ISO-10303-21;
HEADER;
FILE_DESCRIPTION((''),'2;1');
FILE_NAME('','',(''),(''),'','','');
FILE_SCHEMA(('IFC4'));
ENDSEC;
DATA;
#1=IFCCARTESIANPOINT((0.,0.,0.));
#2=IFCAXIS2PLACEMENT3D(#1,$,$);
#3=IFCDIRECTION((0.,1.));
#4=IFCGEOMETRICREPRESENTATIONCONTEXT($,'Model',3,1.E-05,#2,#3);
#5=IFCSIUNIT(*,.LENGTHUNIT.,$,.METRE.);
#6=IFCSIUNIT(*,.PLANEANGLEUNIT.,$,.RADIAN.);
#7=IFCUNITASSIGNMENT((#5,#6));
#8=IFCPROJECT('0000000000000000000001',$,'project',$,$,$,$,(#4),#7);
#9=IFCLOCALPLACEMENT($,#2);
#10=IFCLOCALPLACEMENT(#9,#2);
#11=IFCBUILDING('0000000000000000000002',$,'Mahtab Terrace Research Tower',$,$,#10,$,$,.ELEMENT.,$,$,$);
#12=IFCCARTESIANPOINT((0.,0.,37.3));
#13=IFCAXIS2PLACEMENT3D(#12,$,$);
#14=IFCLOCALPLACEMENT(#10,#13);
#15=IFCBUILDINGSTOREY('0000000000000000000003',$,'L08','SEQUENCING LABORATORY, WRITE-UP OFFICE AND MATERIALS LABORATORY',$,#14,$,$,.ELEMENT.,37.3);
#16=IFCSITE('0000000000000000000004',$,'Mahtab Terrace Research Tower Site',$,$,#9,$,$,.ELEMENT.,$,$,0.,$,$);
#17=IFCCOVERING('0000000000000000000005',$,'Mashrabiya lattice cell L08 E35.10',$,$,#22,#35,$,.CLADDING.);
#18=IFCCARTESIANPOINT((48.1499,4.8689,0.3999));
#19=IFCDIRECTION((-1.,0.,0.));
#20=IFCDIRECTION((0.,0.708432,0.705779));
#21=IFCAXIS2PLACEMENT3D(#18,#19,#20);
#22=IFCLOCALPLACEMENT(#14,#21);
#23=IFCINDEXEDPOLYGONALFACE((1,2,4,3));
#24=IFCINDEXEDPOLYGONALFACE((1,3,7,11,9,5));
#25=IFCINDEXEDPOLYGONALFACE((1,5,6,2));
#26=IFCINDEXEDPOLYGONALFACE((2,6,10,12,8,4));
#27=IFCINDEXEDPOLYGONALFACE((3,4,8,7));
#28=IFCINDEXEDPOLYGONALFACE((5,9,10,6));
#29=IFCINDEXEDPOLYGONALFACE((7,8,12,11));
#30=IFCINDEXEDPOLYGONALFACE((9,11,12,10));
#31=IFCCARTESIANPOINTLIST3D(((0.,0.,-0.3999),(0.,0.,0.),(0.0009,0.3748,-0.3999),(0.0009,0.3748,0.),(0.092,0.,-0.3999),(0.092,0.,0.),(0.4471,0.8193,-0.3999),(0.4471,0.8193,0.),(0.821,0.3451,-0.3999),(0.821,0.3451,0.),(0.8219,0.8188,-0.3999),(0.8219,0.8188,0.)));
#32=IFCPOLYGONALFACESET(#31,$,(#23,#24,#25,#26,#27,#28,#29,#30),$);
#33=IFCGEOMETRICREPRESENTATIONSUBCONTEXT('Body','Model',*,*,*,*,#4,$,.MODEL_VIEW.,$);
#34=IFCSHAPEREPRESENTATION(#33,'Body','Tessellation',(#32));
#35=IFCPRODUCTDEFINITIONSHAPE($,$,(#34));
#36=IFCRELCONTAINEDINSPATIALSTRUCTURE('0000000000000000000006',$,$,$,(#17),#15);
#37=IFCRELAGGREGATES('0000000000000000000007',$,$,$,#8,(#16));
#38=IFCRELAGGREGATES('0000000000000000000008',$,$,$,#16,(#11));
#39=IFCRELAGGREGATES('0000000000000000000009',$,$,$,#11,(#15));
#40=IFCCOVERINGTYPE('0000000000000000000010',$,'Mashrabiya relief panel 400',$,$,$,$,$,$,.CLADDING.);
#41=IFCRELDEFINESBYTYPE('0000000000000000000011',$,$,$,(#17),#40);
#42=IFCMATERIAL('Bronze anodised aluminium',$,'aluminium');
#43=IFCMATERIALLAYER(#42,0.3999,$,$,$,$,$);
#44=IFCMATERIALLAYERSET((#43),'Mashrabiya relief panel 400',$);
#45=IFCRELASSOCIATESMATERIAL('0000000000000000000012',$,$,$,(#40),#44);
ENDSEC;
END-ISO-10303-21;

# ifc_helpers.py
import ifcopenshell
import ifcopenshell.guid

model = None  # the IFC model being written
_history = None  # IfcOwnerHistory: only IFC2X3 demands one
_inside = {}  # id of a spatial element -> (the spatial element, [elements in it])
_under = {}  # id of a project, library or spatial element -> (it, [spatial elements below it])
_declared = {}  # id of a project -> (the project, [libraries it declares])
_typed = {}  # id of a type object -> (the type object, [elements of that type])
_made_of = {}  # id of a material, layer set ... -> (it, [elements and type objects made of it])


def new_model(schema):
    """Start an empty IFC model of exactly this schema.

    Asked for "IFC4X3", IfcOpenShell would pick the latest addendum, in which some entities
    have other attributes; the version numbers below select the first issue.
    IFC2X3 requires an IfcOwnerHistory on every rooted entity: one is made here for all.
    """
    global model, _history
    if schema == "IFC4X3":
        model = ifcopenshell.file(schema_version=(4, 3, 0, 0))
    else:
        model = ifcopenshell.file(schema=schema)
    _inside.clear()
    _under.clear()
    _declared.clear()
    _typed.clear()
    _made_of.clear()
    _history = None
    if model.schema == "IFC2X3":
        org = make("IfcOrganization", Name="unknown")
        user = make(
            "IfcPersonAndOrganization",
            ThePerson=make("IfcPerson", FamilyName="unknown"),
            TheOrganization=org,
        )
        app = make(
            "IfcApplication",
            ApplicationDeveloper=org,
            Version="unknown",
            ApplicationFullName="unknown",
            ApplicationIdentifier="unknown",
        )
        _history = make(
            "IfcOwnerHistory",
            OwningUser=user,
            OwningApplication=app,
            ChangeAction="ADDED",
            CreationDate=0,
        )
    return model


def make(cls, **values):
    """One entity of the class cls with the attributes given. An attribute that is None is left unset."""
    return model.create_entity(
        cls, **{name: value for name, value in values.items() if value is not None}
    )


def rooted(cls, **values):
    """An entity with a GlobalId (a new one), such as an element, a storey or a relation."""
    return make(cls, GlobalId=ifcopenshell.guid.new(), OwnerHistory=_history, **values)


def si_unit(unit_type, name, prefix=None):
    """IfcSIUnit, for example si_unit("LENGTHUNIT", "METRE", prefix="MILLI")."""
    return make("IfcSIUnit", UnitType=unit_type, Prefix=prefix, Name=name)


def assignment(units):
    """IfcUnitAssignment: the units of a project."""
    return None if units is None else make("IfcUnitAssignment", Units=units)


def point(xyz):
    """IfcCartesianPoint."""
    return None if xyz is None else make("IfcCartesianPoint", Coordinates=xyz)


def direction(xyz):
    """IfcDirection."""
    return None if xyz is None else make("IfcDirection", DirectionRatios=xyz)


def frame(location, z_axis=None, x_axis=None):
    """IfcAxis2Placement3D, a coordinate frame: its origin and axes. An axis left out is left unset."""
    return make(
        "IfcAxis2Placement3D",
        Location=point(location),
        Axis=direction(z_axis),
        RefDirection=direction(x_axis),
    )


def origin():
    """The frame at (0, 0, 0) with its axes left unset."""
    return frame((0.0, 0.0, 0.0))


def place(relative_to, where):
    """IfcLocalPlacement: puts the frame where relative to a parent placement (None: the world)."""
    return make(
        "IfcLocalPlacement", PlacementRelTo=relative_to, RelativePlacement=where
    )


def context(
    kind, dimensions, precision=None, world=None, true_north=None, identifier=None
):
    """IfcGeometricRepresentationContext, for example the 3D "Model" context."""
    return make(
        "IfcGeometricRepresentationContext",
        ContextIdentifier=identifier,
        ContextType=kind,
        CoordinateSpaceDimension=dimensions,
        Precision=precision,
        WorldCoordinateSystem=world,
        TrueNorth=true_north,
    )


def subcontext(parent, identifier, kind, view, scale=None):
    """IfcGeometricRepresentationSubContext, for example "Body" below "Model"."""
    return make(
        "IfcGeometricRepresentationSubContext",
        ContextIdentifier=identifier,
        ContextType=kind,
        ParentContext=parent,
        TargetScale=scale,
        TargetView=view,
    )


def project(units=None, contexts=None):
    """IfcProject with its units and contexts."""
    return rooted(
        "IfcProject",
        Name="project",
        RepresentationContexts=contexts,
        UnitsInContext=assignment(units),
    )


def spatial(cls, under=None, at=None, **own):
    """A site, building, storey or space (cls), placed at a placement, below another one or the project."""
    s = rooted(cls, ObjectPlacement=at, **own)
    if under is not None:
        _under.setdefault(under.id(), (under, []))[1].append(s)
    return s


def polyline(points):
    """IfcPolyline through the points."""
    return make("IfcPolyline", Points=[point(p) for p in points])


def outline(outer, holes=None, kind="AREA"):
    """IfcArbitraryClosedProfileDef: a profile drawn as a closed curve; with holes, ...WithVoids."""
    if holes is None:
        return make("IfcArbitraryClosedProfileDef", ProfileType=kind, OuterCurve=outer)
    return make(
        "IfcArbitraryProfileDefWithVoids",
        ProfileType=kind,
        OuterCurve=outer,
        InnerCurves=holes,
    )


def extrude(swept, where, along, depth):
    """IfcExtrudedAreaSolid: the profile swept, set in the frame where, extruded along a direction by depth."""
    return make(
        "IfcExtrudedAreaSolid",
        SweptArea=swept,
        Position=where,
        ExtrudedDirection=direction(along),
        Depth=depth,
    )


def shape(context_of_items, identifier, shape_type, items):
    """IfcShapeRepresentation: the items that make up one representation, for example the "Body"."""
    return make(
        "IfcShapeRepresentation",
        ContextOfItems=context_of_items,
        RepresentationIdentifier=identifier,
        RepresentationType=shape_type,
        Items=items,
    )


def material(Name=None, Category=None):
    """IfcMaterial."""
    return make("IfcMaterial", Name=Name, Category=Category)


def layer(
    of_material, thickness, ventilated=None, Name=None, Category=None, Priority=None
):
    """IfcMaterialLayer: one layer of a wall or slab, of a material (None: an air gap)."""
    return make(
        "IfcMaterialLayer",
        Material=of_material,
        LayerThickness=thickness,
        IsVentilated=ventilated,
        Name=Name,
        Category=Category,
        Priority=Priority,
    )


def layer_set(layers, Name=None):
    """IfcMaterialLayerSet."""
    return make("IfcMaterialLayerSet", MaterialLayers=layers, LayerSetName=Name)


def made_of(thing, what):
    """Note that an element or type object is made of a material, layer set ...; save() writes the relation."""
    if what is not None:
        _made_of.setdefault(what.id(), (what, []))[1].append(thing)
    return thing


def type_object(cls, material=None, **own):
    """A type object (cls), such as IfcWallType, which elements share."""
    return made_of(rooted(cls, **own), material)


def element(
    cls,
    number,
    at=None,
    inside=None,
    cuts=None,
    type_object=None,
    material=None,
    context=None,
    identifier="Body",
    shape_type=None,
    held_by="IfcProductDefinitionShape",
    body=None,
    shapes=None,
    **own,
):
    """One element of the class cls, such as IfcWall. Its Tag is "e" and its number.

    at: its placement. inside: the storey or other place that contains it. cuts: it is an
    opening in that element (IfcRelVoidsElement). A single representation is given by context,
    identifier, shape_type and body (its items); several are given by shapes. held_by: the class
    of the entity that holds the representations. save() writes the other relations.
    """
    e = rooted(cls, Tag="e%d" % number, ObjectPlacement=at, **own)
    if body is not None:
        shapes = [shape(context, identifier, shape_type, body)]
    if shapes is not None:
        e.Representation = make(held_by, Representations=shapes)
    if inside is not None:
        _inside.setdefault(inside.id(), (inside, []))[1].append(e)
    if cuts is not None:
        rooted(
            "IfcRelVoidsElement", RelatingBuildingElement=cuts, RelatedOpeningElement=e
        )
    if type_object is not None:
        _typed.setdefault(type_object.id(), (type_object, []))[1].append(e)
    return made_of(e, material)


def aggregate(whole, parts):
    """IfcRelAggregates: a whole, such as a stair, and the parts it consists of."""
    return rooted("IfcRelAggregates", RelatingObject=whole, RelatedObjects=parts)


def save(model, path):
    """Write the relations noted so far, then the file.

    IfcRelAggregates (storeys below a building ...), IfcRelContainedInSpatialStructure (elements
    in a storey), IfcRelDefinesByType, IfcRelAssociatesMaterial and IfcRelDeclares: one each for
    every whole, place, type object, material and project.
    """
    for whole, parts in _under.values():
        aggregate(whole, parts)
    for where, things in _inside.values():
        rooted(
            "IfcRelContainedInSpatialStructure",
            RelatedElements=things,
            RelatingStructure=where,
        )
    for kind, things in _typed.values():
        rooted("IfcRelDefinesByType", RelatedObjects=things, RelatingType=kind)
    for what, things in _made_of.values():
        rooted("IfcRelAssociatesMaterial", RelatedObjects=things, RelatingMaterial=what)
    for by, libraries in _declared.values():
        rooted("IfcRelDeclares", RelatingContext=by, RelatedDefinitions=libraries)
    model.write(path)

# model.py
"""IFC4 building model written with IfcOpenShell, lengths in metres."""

from ifc_helpers import new_model, si_unit, direction, frame, origin, place, context, subcontext, project, spatial, polyline, outline, extrude, material, layer, layer_set, type_object, element, save


model = new_model("IFC4")

# Units and contexts
model_context = context("Model", 3, precision=1e-05, world=origin(), true_north=direction((0.0, 1.0)))
body_context = subcontext(model_context, "Body", "Model", "MODEL_VIEW")
ifc_project = project(units=[si_unit("LENGTHUNIT", "METRE"), si_unit("PLANEANGLEUNIT", "RADIAN")], contexts=[model_context])

# Site, building, storey
site_placement = place(None, origin())
site = spatial("IfcSite", under=ifc_project, at=site_placement, Name="Mahtab Terrace Research Tower Site", CompositionType="ELEMENT", RefElevation=0.0)
building_placement = place(site_placement, origin())
building = spatial("IfcBuilding", under=site, at=building_placement, Name="Mahtab Terrace Research Tower", CompositionType="ELEMENT")
storey_placement = place(building_placement, frame((0.0, 0.0, 37.3)))
storey = spatial("IfcBuildingStorey", under=building, at=storey_placement, Name="L08", Description="SEQUENCING LABORATORY, WRITE-UP OFFICE AND MATERIALS LABORATORY", CompositionType="ELEMENT", Elevation=37.3)

# Covering
ifc_material_1 = material(Name="Bronze anodised aluminium", Category="aluminium")
ifc_layer_1 = layer(ifc_material_1, 0.3999)
ifc_layer_set_1 = layer_set([ifc_layer_1], Name="Mashrabiya relief panel 400")
covering_type = type_object("IfcCoveringType", Name="Mashrabiya relief panel 400", PredefinedType="CLADDING", material=ifc_layer_set_1)
covering_1_placement = place(storey_placement, frame((48.1499, 4.8689, 0.3999), z_axis=(-1.0, 0.0, 0.0), x_axis=(0.0, 0.708432, 0.705779)))
element("IfcCovering", 1, at=covering_1_placement, inside=storey, type_object=covering_type, Name="Mashrabiya lattice cell L08 E35.10", PredefinedType="CLADDING", context=body_context, shape_type="SweptSolid", body=[
    extrude(outline(polyline([(0.0, 0.0), (0.092, 0.0), (0.821, 0.3451), (0.8219, 0.8188), (0.4471, 0.8193), (0.0009, 0.3748), (0.0, 0.0)])), origin(), (0.0, 0.0, -1.0), 0.3999),
])

save(model, "model.ifc")
